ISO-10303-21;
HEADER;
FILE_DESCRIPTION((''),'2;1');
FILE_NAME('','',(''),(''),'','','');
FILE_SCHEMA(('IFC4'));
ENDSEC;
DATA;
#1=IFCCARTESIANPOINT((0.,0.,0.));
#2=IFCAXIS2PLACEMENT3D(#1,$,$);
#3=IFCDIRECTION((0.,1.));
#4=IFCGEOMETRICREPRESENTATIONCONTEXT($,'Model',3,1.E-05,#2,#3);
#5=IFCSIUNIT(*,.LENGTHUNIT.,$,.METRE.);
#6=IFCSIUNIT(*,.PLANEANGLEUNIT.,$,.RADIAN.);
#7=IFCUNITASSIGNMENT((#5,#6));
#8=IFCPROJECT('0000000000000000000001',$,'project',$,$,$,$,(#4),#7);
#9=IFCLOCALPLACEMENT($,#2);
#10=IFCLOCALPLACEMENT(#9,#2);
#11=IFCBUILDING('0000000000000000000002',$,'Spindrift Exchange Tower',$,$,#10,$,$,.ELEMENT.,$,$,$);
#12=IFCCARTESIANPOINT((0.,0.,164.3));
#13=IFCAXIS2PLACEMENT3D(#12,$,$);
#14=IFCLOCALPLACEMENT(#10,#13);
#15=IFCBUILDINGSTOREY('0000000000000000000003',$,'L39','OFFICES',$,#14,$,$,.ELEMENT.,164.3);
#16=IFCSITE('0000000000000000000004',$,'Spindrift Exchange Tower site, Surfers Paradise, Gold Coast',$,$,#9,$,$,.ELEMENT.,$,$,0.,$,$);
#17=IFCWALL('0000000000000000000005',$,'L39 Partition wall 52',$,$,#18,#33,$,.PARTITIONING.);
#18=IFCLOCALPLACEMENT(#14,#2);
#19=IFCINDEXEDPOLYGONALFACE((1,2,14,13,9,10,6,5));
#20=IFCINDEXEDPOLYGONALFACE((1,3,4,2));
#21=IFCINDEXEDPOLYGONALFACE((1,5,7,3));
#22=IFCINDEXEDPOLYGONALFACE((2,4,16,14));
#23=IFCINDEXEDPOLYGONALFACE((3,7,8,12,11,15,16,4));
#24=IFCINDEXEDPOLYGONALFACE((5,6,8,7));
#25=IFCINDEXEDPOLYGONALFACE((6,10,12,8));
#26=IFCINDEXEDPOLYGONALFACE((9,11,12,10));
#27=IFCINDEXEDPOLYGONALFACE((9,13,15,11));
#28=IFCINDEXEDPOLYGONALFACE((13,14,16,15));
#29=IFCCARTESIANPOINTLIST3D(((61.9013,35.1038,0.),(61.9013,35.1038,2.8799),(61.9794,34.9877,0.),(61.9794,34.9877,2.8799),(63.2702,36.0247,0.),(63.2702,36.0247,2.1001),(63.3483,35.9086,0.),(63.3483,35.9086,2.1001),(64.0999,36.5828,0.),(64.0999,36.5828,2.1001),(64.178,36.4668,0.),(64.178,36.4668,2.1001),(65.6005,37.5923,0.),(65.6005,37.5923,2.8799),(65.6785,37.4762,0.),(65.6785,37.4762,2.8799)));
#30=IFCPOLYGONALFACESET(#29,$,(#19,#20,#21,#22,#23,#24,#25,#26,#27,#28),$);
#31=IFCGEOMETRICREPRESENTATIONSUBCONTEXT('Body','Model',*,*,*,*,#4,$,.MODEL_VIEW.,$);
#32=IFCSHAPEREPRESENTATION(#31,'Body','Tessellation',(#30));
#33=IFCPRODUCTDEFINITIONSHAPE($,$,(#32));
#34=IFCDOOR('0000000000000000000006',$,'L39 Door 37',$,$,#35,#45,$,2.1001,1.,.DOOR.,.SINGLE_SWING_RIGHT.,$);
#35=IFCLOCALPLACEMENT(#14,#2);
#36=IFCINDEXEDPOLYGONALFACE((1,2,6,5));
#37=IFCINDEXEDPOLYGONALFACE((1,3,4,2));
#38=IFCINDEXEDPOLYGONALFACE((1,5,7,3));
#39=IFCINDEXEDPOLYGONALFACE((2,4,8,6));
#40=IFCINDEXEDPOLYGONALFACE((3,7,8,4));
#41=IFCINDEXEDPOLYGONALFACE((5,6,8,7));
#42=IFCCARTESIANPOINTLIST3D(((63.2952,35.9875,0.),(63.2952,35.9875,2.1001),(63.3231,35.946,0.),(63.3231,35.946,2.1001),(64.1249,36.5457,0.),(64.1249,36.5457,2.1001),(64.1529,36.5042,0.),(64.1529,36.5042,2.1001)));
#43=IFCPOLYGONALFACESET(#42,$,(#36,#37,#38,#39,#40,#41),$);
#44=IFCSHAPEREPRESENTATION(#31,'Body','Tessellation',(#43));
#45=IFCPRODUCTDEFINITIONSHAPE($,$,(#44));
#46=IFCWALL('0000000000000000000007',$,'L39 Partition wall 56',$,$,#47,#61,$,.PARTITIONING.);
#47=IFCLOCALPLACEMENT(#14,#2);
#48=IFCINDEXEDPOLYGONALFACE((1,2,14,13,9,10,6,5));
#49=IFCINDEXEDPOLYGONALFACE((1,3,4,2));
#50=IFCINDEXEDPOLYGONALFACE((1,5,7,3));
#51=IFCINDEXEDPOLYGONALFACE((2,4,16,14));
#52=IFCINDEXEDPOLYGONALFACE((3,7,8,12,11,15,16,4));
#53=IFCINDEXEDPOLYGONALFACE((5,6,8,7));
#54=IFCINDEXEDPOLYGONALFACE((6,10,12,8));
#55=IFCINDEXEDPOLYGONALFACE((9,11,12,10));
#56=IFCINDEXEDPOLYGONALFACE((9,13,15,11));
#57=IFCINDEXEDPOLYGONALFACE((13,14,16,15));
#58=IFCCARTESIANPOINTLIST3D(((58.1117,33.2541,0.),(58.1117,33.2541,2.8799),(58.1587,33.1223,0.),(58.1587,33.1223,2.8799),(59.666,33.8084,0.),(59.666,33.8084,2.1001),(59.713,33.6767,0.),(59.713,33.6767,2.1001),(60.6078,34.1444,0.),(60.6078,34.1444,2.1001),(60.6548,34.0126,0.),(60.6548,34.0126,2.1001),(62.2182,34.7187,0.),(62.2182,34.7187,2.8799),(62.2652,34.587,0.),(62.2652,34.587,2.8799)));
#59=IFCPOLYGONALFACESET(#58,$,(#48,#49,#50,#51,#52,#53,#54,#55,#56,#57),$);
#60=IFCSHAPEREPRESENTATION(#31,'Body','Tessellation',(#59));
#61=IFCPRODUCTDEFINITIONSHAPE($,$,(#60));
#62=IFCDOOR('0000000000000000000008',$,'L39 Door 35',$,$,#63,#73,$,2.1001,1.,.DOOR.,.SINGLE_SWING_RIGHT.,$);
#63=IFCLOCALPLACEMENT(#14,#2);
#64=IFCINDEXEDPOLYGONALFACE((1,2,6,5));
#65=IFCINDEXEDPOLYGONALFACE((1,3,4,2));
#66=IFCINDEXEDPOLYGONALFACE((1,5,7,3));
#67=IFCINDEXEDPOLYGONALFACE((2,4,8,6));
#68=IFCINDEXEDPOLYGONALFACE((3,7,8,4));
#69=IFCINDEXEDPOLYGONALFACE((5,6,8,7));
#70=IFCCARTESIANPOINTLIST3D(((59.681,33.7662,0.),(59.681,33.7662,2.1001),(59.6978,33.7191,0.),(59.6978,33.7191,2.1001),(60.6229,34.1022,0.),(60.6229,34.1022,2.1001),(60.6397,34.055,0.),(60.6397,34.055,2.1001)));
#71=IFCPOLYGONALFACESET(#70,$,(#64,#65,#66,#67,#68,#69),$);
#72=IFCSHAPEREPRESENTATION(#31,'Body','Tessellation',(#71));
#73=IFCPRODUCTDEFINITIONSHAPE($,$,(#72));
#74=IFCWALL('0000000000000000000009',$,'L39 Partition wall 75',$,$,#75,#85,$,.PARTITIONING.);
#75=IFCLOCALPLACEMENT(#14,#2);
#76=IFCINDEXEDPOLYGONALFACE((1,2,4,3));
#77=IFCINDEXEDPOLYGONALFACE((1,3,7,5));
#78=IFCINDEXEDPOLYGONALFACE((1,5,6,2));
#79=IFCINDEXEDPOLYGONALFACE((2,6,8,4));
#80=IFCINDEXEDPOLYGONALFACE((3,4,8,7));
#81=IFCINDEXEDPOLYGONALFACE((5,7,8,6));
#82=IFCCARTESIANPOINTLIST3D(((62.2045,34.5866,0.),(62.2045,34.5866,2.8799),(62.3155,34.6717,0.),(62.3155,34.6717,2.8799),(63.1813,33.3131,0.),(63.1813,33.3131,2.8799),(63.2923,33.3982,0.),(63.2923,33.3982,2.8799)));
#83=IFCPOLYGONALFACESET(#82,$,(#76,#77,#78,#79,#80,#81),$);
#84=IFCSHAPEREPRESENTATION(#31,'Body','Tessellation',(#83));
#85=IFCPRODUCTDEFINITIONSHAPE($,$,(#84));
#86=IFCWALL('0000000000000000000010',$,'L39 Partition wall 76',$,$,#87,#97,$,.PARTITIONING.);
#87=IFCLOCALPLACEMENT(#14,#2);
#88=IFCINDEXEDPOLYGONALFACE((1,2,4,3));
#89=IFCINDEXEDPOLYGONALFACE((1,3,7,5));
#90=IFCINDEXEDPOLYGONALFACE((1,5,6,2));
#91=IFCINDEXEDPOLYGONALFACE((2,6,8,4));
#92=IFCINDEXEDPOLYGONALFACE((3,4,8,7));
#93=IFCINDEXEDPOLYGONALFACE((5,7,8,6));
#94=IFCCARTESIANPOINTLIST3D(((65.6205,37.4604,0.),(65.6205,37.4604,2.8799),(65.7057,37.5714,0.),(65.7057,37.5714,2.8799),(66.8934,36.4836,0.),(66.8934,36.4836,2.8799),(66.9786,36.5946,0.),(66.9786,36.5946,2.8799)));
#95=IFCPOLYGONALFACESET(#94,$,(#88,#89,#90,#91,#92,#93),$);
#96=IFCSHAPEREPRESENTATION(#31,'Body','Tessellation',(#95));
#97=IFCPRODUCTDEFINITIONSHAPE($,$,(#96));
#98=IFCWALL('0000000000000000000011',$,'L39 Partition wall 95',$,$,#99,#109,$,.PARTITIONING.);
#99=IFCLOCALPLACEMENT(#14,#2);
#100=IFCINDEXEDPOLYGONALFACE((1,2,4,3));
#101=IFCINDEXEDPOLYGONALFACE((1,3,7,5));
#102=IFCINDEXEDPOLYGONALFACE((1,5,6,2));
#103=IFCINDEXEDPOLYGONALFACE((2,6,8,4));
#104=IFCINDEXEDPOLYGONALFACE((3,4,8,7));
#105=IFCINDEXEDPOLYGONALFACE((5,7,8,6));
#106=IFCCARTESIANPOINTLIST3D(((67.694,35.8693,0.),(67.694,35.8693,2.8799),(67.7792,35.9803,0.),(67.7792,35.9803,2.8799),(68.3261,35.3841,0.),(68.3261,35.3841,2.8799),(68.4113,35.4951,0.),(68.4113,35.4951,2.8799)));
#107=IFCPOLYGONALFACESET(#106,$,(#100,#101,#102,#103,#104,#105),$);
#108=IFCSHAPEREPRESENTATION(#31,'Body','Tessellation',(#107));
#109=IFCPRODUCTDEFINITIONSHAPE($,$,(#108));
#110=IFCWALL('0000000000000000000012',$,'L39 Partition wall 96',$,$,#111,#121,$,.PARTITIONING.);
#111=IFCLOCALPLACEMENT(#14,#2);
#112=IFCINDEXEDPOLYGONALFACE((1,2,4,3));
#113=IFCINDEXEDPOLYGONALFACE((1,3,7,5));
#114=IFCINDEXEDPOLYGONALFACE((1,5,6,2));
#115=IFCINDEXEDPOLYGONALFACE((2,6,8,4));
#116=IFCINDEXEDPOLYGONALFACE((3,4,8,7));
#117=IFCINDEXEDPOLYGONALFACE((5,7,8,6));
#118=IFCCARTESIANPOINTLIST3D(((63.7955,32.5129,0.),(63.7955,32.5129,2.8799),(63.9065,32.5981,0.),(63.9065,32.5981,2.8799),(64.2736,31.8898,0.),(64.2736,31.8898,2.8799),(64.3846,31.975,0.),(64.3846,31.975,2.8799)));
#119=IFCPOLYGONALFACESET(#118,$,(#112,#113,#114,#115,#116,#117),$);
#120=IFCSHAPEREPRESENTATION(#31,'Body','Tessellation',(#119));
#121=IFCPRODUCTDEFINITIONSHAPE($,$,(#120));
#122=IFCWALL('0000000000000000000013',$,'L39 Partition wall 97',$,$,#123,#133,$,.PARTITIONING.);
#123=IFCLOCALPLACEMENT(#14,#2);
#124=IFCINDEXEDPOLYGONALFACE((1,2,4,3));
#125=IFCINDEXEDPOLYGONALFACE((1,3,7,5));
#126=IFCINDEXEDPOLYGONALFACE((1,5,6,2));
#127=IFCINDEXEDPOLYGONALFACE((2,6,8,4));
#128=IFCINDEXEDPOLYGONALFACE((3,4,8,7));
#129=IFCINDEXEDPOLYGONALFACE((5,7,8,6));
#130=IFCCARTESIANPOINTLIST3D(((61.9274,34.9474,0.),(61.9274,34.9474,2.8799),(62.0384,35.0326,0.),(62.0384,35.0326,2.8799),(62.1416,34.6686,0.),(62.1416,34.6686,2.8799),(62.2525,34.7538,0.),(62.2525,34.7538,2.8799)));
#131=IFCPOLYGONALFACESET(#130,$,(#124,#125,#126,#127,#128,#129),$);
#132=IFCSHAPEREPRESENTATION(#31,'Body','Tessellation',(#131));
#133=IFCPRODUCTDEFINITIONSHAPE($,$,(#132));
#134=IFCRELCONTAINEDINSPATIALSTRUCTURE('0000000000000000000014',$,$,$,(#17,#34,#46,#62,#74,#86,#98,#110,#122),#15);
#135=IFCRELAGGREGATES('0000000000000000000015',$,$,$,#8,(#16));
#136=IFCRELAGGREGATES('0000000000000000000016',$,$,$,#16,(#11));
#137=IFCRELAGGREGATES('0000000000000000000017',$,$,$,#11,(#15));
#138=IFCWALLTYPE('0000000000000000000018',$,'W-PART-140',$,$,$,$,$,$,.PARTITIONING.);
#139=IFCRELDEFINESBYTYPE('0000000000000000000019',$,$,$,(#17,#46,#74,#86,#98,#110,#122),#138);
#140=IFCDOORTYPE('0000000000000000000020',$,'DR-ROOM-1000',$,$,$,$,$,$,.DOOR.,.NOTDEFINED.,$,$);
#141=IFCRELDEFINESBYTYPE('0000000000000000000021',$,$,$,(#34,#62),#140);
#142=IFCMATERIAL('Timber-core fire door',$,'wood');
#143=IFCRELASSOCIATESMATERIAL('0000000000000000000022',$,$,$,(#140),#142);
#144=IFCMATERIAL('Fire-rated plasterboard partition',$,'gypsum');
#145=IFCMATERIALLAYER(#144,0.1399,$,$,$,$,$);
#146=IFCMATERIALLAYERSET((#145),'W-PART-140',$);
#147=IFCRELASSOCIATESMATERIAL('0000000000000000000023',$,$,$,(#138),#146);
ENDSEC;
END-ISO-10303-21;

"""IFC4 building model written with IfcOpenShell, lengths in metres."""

from ifc_helpers import new_model, si_unit, direction, frame, frame_2d, origin, place, context, subcontext, project, spatial, rectangle, extrude, source, transform, mapped, material, layer, layer_set, type_object, element, fill, save


model = new_model("IFC4")

# Units and contexts
model_context = context("Model", 3, precision=1e-05, world=origin(), true_north=direction((0.0, 1.0)))
body_context = subcontext(model_context, "Body", "Model", "MODEL_VIEW")
ifc_project = project(units=[si_unit("LENGTHUNIT", "METRE"), si_unit("PLANEANGLEUNIT", "RADIAN")], contexts=[model_context])

# Site, building, storey
site_placement = place(None, origin())
site = spatial("IfcSite", under=ifc_project, at=site_placement, Name="Spindrift Exchange Tower site, Surfers Paradise, Gold Coast", CompositionType="ELEMENT", RefElevation=0.0)
building_placement = place(site_placement, origin())
building = spatial("IfcBuilding", under=site, at=building_placement, Name="Spindrift Exchange Tower", CompositionType="ELEMENT")
storey_placement = place(building_placement, frame((0.0, 0.0, 164.3)))
storey = spatial("IfcBuildingStorey", under=building, at=storey_placement, Name="L39", Description="OFFICES", CompositionType="ELEMENT", Elevation=164.3)

# Shared definitions
ifc_material_1 = material(Name="Fire-rated plasterboard partition", Category="gypsum")
ifc_material_2 = material(Name="Timber-core fire door", Category="wood")
door_type = type_object("IfcDoorType", Name="DR-ROOM-1000", OperationType="NOTDEFINED", PredefinedType="DOOR", material=ifc_material_2)
shared_shape_1 = source(origin(), body_context, "Body", "SweptSolid", [
    extrude(rectangle(XDim=1.0, YDim=2.1001, at=frame_2d((0.5, 1.05))), frame((0.0, 0.0249, 0.0), z_axis=(0.0, -1.0, 0.0), x_axis=(1.0, 0.0, 0.0)), (0.0, 0.0, 1.0), 0.05),
])

# Walls, openings, doors
ifc_layer_1 = layer(ifc_material_1, 0.1399)
ifc_layer_set_1 = layer_set([ifc_layer_1], Name="W-PART-140")
wall_type_1 = type_object("IfcWallType", Name="W-PART-140", PredefinedType="PARTITIONING", material=ifc_layer_set_1)
wall_1_placement = place(storey_placement, frame((65.6394, 37.5342, 0.0), z_axis=(0.0, 0.0, 1.0), x_axis=(-0.829726, -0.558171, 0.0)))
wall_1 = element("IfcWall", 1, at=wall_1_placement, inside=storey, type_object=wall_type_1, Name="L39 Partition wall 52", PredefinedType="PARTITIONING", context=body_context, shape_type="SweptSolid", body=[
    extrude(rectangle(XDim=4.4583, YDim=0.1399, at=frame_2d((2.229, 0.0))), origin(), (0.0, 0.0, 1.0), 2.8799),
])
opening_1_placement = place(wall_1_placement, frame((1.8083, 0.0, 0.0)))
opening_1 = element("IfcOpeningElement", 2, at=opening_1_placement, cuts=wall_1, PredefinedType="OPENING", context=body_context, shape_type="SweptSolid", body=[
    extrude(rectangle(XDim=1.0, YDim=2.1001, at=frame_2d((0.5, 1.05))), frame((0.0, 0.0798, 0.0), z_axis=(0.0, -1.0, 0.0), x_axis=(1.0, 0.0, 0.0)), (0.0, 0.0, 1.0), 0.1599),
])
door_1_placement = place(opening_1_placement, origin())
door_1 = element("IfcDoor", 3, at=door_1_placement, inside=storey, type_object=door_type, Name="L39 Door 37", OperationType="SINGLE_SWING_RIGHT", OverallHeight=2.1001, OverallWidth=1.0, PredefinedType="DOOR", context=body_context, shape_type="MappedRepresentation", body=[
    mapped(shared_shape_1, transform((0.0, 0.0, 0.0), scale=1.0)),
])
fill(opening_1, door_1)
wall_2_placement = place(storey_placement, frame((62.2417, 34.6528, 0.0), z_axis=(0.0, 0.0, 1.0), x_axis=(-0.941886, -0.335932, 0.0)))
wall_2 = element("IfcWall", 4, at=wall_2_placement, inside=storey, type_object=wall_type_1, Name="L39 Partition wall 56", PredefinedType="PARTITIONING", context=body_context, shape_type="SweptSolid", body=[
    extrude(rectangle(XDim=4.3599, YDim=0.1399, at=frame_2d((2.1799, 0.0))), origin(), (0.0, 0.0, 1.0), 2.8799),
])
opening_2_placement = place(wall_2_placement, frame((1.7097, 0.0, 0.0)))
opening_2 = element("IfcOpeningElement", 5, at=opening_2_placement, cuts=wall_2, PredefinedType="OPENING", context=body_context, shape_type="SweptSolid", body=[
    extrude(rectangle(XDim=1.0, YDim=2.1001, at=frame_2d((0.5, 1.05))), frame((0.0, 0.0798, 0.0), z_axis=(0.0, -1.0, 0.0), x_axis=(1.0, 0.0, 0.0)), (0.0, 0.0, 1.0), 0.1599),
])
door_2_placement = place(opening_2_placement, origin())
door_2 = element("IfcDoor", 6, at=door_2_placement, inside=storey, type_object=door_type, Name="L39 Door 35", OperationType="SINGLE_SWING_RIGHT", OverallHeight=2.1001, OverallWidth=1.0, PredefinedType="DOOR", context=body_context, shape_type="MappedRepresentation", body=[
    mapped(shared_shape_1, transform((0.0, 0.0, 0.0), scale=1.0)),
])
fill(opening_2, door_2)

# Walls
wall_3_placement = place(storey_placement, frame((62.26, 34.6292, 0.0), z_axis=(0.0, 0.0, 1.0), x_axis=(0.60863, -0.793455, 0.0)))
element("IfcWall", 7, at=wall_3_placement, inside=storey, type_object=wall_type_1, Name="L39 Partition wall 75", PredefinedType="PARTITIONING", context=body_context, shape_type="SweptSolid", body=[
    extrude(rectangle(XDim=1.605, YDim=0.1399, at=frame_2d((0.8025, 0.0))), origin(), (0.0, 0.0, 1.0), 2.8799),
])
wall_4_placement = place(storey_placement, frame((65.6631, 37.5159, 0.0), z_axis=(0.0, 0.0, 1.0), x_axis=(0.793342, -0.608776, 0.0)))
element("IfcWall", 8, at=wall_4_placement, inside=storey, type_object=wall_type_1, Name="L39 Partition wall 76", PredefinedType="PARTITIONING", context=body_context, shape_type="SweptSolid", body=[
    extrude(rectangle(XDim=1.6045, YDim=0.1399, at=frame_2d((0.8022, 0.0))), origin(), (0.0, 0.0, 1.0), 2.8799),
])
wall_5_placement = place(storey_placement, frame((67.7366, 35.9248, 0.0), z_axis=(0.0, 0.0, 1.0), x_axis=(0.793296, -0.608837, 0.0)))
element("IfcWall", 9, at=wall_5_placement, inside=storey, type_object=wall_type_1, Name="L39 Partition wall 95", PredefinedType="PARTITIONING", context=body_context, shape_type="SweptSolid", body=[
    extrude(rectangle(XDim=0.7969, YDim=0.1399, at=frame_2d((0.3984, 0.0))), origin(), (0.0, 0.0, 1.0), 2.8799),
])
wall_6_placement = place(storey_placement, frame((63.8511, 32.5554, 0.0), z_axis=(0.0, 0.0, 1.0), x_axis=(0.608719, -0.793386, 0.0)))
element("IfcWall", 10, at=wall_6_placement, inside=storey, type_object=wall_type_1, Name="L39 Partition wall 96", PredefinedType="PARTITIONING", context=body_context, shape_type="SweptSolid", body=[
    extrude(rectangle(XDim=0.7854, YDim=0.1399, at=frame_2d((0.3926, 0.0))), origin(), (0.0, 0.0, 1.0), 2.8799),
])
wall_7_placement = place(storey_placement, frame((61.9829, 34.99, 0.0), z_axis=(0.0, 0.0, 1.0), x_axis=(0.609073, -0.793114, 0.0)))
element("IfcWall", 11, at=wall_7_placement, inside=storey, type_object=wall_type_1, Name="L39 Partition wall 97", PredefinedType="PARTITIONING", context=body_context, shape_type="SweptSolid", body=[
    extrude(rectangle(XDim=0.3516, YDim=0.1399, at=frame_2d((0.1758, 0.0))), origin(), (0.0, 0.0, 1.0), 2.8799),
])

save(model, "model.ifc")
